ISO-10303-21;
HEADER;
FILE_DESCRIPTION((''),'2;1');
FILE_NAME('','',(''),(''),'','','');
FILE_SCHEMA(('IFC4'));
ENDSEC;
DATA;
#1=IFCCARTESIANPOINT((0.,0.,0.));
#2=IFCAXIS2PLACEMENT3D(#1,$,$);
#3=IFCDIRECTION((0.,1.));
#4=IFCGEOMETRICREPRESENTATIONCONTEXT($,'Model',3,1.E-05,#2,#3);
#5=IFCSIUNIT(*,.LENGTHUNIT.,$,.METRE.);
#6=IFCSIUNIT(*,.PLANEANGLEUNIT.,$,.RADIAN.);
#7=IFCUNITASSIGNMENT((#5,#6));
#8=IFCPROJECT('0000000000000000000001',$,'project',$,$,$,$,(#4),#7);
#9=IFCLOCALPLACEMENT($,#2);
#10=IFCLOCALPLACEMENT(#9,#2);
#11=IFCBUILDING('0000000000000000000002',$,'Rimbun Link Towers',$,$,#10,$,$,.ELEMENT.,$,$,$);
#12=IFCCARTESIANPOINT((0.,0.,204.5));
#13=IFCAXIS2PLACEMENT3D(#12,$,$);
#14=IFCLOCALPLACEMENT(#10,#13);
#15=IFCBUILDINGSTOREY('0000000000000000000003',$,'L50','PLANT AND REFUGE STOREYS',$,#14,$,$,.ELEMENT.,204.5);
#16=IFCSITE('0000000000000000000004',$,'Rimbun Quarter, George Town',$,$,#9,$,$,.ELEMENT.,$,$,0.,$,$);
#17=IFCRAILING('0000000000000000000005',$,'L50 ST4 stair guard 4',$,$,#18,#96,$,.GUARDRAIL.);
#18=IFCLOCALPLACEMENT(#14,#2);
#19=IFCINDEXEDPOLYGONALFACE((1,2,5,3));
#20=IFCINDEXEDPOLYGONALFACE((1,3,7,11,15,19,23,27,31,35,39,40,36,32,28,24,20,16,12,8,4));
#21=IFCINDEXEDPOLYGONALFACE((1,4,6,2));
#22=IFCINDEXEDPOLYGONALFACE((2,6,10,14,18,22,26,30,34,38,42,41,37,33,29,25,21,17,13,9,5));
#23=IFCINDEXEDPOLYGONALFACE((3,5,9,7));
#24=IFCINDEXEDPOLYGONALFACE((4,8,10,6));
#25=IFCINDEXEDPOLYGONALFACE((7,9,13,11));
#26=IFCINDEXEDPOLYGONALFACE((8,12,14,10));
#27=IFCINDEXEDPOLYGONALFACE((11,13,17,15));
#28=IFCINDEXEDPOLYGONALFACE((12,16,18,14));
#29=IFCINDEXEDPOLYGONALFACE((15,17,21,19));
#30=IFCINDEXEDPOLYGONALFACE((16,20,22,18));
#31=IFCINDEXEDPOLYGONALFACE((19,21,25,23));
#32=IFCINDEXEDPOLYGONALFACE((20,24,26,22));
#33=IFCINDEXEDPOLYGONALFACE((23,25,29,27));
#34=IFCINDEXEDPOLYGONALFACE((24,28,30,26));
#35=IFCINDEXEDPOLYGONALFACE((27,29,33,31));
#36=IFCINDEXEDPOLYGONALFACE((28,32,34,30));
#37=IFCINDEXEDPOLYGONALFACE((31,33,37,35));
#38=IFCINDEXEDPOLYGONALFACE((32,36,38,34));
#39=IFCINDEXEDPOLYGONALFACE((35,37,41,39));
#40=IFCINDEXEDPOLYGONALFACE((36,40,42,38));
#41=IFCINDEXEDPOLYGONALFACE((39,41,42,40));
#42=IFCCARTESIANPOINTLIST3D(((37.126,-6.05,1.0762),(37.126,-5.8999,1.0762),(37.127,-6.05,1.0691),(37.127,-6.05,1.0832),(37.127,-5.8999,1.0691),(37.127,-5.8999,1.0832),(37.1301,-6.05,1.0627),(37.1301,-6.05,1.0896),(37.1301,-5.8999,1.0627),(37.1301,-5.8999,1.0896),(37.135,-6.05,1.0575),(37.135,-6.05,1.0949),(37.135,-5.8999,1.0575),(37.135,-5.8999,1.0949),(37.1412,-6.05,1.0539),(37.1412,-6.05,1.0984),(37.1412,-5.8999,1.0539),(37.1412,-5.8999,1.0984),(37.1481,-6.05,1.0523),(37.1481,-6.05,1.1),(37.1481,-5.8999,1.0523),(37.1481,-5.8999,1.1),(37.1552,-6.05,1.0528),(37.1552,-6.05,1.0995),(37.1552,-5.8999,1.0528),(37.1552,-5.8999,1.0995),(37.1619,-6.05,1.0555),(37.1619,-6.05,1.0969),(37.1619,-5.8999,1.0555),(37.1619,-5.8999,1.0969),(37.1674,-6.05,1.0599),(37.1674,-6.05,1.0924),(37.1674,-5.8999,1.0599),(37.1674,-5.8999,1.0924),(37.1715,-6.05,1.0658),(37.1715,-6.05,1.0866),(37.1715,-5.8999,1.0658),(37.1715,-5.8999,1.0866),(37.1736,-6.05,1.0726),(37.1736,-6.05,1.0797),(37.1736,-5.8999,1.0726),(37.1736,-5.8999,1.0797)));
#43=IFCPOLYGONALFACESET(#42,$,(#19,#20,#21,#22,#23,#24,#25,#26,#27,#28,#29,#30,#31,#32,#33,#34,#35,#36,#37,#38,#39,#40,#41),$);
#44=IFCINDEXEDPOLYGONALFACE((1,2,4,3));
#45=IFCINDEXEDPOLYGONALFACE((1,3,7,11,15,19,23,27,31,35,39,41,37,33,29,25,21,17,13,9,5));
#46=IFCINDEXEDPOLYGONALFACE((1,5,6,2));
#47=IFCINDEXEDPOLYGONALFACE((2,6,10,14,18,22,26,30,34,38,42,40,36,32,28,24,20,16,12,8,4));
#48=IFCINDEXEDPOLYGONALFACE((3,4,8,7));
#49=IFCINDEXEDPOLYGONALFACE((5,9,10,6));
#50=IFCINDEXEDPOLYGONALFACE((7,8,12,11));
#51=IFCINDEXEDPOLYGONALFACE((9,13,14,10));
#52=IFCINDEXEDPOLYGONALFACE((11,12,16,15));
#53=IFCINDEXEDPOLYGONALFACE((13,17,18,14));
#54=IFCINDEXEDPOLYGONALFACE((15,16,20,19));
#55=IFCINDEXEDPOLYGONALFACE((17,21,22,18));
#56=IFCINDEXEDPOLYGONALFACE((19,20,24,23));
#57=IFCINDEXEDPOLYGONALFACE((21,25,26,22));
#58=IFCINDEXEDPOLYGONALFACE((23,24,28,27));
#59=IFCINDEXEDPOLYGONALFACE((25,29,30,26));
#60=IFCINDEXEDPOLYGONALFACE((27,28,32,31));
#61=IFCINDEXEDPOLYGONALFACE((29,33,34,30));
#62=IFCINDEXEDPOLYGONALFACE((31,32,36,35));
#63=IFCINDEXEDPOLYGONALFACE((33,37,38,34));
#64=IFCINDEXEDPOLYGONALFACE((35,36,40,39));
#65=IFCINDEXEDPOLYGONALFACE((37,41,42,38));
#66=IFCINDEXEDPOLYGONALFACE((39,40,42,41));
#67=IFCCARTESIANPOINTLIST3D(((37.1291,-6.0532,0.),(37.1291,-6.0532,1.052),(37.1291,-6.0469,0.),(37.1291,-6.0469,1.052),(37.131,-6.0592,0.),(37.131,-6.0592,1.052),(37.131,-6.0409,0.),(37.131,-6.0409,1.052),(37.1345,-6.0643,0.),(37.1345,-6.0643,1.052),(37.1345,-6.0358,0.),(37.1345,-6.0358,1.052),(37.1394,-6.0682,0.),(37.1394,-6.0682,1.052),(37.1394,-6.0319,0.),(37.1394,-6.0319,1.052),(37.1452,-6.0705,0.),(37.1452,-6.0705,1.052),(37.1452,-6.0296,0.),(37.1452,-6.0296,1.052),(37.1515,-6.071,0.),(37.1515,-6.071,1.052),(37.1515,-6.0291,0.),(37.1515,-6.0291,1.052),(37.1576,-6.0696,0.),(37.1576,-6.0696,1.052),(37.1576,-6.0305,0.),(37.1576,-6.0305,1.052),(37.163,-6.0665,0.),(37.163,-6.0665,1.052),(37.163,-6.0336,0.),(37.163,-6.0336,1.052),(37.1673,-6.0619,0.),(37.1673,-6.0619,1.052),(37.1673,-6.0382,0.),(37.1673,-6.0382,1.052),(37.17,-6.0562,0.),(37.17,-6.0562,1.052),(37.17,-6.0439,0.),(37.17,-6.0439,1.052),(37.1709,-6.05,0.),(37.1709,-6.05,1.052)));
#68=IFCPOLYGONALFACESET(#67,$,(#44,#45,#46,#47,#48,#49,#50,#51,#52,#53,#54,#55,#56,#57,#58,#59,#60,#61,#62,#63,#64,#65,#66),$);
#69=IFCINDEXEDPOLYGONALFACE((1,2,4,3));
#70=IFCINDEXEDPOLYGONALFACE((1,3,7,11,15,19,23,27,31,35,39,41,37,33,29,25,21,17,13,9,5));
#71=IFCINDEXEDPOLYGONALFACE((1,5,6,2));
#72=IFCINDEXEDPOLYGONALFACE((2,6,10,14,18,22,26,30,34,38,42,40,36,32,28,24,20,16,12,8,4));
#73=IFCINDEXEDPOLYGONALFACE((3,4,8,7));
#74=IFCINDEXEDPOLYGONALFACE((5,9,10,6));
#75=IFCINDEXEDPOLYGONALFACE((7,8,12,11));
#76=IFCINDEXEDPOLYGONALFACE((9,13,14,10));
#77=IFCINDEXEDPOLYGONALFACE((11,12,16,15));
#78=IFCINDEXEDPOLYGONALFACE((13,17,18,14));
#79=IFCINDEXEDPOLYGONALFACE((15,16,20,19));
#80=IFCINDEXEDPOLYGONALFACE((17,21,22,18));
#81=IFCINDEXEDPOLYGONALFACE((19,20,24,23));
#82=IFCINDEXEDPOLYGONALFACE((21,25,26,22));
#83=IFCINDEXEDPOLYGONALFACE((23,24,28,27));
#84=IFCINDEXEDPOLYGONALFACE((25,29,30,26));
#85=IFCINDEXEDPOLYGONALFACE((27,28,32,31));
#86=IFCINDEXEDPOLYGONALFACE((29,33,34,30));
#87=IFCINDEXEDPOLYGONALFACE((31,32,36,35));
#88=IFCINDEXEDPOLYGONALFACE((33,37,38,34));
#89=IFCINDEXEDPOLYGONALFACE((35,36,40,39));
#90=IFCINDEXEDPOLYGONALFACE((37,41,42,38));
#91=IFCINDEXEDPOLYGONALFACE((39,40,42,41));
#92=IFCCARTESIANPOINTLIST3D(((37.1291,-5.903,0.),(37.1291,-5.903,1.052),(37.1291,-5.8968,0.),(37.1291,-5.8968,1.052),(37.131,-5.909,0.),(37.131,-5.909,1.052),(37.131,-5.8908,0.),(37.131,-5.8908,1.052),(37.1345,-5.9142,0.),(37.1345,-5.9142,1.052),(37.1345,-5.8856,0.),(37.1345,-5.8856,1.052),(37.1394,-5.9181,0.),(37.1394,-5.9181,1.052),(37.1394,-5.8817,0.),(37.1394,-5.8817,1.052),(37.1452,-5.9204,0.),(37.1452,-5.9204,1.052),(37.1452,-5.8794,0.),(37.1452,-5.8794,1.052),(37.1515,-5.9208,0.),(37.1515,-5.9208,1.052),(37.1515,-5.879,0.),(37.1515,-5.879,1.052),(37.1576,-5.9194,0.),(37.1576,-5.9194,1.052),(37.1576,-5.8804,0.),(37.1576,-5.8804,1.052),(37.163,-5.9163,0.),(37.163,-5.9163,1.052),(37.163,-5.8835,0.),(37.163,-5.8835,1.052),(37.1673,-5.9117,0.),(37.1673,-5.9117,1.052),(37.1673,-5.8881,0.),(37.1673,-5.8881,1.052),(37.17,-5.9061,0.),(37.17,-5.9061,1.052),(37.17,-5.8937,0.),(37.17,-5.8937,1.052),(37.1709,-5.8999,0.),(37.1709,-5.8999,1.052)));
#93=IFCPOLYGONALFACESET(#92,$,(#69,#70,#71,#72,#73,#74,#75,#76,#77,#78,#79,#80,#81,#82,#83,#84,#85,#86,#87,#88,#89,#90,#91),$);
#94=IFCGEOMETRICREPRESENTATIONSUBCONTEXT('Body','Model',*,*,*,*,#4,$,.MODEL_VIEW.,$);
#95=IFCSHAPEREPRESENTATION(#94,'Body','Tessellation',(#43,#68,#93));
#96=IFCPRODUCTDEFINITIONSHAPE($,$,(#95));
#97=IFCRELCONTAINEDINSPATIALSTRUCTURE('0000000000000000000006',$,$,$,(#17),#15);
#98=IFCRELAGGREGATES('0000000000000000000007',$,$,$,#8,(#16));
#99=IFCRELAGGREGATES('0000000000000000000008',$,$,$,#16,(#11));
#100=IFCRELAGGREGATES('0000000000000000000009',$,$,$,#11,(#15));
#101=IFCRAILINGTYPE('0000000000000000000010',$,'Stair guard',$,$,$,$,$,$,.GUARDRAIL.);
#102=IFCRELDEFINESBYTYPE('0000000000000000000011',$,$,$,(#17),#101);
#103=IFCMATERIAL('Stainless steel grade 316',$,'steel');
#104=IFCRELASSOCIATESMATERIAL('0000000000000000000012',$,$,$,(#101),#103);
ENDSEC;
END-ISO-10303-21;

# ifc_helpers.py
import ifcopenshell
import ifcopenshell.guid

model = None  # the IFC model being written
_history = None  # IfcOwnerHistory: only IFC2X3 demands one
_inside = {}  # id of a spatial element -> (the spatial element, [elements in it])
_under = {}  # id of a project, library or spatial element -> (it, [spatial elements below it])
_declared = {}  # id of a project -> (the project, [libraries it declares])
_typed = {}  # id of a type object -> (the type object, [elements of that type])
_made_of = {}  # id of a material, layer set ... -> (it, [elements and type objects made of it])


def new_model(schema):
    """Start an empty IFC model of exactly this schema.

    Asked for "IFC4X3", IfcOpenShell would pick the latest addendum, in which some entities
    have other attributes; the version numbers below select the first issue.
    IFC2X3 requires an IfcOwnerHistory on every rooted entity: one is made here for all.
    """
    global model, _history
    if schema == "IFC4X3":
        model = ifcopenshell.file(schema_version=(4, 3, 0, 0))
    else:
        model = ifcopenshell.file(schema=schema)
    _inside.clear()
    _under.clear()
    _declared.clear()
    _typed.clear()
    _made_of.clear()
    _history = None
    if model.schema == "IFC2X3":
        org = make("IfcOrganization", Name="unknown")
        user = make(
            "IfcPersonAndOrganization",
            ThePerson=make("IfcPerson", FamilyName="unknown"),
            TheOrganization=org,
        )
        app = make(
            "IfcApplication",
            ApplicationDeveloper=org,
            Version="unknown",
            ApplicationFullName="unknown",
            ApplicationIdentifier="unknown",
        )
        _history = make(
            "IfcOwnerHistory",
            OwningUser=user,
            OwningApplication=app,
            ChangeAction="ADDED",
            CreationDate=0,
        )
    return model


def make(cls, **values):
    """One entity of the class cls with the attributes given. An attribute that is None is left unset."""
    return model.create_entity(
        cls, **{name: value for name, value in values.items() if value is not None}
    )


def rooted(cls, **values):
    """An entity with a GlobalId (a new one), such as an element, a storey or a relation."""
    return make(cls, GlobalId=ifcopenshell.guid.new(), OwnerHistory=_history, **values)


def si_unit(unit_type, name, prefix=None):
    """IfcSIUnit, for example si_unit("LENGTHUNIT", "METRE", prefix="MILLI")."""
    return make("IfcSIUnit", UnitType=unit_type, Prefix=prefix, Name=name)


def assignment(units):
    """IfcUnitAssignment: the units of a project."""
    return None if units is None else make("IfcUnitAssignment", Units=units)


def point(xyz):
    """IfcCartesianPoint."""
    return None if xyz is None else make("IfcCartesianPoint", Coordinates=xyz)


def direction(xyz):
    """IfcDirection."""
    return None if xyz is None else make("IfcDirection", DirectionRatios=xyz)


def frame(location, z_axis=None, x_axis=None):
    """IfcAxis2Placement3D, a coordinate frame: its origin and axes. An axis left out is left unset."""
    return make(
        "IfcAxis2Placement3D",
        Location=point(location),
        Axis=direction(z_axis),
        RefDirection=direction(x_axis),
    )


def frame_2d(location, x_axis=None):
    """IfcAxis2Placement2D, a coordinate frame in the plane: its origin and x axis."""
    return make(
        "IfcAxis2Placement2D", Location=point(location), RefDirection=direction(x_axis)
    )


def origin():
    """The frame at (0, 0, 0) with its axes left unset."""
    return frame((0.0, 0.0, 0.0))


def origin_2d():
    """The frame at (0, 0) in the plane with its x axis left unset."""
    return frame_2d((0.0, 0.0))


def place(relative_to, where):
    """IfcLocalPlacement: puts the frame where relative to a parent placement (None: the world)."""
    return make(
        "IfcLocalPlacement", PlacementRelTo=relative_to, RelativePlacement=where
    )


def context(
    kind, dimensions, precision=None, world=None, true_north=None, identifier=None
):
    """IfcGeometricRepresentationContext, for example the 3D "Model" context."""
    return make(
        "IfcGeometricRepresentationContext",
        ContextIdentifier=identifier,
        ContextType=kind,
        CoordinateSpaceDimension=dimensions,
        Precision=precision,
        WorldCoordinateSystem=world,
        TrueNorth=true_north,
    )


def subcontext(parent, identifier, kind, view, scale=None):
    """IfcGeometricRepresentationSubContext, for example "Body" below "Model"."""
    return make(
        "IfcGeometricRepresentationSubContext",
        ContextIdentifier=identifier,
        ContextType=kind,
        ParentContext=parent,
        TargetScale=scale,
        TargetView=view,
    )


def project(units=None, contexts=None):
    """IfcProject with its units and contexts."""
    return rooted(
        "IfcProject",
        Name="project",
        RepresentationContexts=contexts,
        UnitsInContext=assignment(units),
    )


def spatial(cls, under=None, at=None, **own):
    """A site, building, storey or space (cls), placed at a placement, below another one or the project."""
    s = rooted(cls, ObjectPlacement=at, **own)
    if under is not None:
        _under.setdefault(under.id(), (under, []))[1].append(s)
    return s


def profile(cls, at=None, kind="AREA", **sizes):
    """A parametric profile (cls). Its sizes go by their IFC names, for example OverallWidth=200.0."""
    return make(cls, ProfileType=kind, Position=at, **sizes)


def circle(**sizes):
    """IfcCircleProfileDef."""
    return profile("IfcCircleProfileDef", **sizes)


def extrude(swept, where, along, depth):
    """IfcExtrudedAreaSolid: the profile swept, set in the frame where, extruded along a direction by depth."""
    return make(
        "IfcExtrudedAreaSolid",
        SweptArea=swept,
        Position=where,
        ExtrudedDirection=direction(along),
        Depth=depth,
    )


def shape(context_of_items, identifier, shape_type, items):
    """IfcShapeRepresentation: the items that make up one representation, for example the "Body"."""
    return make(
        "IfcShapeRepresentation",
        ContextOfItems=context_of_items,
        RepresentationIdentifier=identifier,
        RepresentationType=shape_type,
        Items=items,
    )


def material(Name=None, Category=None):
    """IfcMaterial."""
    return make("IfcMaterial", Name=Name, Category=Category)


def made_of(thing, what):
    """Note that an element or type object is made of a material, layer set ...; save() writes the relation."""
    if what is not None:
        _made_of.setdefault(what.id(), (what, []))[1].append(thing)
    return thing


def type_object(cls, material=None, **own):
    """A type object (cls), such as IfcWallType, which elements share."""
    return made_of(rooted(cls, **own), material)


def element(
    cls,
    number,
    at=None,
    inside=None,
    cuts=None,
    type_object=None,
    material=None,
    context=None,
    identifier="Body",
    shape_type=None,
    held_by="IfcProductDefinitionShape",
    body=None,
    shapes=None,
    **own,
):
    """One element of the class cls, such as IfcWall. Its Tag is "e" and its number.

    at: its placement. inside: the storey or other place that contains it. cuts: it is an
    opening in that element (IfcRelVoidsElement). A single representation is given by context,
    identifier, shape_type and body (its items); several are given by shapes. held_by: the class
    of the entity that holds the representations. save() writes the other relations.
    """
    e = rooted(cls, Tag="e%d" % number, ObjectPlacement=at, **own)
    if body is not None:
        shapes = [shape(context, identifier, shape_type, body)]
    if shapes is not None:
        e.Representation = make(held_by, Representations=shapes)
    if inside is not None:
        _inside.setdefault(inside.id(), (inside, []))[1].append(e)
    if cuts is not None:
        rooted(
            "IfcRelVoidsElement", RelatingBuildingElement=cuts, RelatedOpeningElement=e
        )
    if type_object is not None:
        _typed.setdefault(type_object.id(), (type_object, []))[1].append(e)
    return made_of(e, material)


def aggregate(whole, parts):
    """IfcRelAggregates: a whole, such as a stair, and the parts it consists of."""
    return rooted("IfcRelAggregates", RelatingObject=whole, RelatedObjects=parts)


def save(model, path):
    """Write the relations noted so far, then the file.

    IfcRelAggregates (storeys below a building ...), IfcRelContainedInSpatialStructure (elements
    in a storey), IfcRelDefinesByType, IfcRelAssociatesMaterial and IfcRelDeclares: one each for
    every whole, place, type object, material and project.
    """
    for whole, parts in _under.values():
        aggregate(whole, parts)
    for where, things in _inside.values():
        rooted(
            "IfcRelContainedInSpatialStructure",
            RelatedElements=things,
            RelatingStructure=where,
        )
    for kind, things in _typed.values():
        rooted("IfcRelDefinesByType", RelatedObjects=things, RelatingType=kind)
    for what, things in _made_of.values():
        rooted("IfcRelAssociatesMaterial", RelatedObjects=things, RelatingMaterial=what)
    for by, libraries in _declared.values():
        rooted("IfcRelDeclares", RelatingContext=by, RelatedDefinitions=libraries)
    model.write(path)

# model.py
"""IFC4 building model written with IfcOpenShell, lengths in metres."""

from ifc_helpers import new_model, si_unit, direction, frame, origin, origin_2d, place, context, subcontext, project, spatial, circle, extrude, material, type_object, element, save


model = new_model("IFC4")

# Units and contexts
model_context = context("Model", 3, precision=1e-05, world=origin(), true_north=direction((0.0, 1.0)))
body_context = subcontext(model_context, "Body", "Model", "MODEL_VIEW")
ifc_project = project(units=[si_unit("LENGTHUNIT", "METRE"), si_unit("PLANEANGLEUNIT", "RADIAN")], contexts=[model_context])

# Site, building, storey
site_placement = place(None, origin())
site = spatial("IfcSite", under=ifc_project, at=site_placement, Name="Rimbun Quarter, George Town", CompositionType="ELEMENT", RefElevation=0.0)
building_placement = place(site_placement, origin())
building = spatial("IfcBuilding", under=site, at=building_placement, Name="Rimbun Link Towers", CompositionType="ELEMENT")
storey_placement = place(building_placement, frame((0.0, 0.0, 204.5)))
storey = spatial("IfcBuildingStorey", under=building, at=storey_placement, Name="L50", Description="PLANT AND REFUGE STOREYS", CompositionType="ELEMENT", Elevation=204.5)

# Railing
ifc_material_1 = material(Name="Stainless steel grade 316", Category="steel")
railing_type_1 = type_object("IfcRailingType", Name="Stair guard", PredefinedType="GUARDRAIL", material=ifc_material_1)
railing_1_placement = place(storey_placement, frame((37.1499, -6.05, 0.0)))
element("IfcRailing", 1, at=railing_1_placement, inside=storey, type_object=railing_type_1, Name="L50 ST4 stair guard 4", PredefinedType="GUARDRAIL", context=body_context, shape_type="SweptSolid", body=[
    extrude(circle(Radius=0.0239, at=origin_2d()), frame((0.0, 0.0, 1.0762), z_axis=(0.0, 1.0, 0.0), x_axis=(-1.0, 0.0, 0.0)), (0.0, 0.0, 1.0), 0.1501),
    extrude(circle(Radius=0.021, at=origin_2d()), origin(), (0.0, 0.0, 1.0), 1.052),
    extrude(circle(Radius=0.021, at=origin_2d()), frame((0.0, 0.1501, 0.0)), (0.0, 0.0, 1.0), 1.052),
])

save(model, "model.ifc")
